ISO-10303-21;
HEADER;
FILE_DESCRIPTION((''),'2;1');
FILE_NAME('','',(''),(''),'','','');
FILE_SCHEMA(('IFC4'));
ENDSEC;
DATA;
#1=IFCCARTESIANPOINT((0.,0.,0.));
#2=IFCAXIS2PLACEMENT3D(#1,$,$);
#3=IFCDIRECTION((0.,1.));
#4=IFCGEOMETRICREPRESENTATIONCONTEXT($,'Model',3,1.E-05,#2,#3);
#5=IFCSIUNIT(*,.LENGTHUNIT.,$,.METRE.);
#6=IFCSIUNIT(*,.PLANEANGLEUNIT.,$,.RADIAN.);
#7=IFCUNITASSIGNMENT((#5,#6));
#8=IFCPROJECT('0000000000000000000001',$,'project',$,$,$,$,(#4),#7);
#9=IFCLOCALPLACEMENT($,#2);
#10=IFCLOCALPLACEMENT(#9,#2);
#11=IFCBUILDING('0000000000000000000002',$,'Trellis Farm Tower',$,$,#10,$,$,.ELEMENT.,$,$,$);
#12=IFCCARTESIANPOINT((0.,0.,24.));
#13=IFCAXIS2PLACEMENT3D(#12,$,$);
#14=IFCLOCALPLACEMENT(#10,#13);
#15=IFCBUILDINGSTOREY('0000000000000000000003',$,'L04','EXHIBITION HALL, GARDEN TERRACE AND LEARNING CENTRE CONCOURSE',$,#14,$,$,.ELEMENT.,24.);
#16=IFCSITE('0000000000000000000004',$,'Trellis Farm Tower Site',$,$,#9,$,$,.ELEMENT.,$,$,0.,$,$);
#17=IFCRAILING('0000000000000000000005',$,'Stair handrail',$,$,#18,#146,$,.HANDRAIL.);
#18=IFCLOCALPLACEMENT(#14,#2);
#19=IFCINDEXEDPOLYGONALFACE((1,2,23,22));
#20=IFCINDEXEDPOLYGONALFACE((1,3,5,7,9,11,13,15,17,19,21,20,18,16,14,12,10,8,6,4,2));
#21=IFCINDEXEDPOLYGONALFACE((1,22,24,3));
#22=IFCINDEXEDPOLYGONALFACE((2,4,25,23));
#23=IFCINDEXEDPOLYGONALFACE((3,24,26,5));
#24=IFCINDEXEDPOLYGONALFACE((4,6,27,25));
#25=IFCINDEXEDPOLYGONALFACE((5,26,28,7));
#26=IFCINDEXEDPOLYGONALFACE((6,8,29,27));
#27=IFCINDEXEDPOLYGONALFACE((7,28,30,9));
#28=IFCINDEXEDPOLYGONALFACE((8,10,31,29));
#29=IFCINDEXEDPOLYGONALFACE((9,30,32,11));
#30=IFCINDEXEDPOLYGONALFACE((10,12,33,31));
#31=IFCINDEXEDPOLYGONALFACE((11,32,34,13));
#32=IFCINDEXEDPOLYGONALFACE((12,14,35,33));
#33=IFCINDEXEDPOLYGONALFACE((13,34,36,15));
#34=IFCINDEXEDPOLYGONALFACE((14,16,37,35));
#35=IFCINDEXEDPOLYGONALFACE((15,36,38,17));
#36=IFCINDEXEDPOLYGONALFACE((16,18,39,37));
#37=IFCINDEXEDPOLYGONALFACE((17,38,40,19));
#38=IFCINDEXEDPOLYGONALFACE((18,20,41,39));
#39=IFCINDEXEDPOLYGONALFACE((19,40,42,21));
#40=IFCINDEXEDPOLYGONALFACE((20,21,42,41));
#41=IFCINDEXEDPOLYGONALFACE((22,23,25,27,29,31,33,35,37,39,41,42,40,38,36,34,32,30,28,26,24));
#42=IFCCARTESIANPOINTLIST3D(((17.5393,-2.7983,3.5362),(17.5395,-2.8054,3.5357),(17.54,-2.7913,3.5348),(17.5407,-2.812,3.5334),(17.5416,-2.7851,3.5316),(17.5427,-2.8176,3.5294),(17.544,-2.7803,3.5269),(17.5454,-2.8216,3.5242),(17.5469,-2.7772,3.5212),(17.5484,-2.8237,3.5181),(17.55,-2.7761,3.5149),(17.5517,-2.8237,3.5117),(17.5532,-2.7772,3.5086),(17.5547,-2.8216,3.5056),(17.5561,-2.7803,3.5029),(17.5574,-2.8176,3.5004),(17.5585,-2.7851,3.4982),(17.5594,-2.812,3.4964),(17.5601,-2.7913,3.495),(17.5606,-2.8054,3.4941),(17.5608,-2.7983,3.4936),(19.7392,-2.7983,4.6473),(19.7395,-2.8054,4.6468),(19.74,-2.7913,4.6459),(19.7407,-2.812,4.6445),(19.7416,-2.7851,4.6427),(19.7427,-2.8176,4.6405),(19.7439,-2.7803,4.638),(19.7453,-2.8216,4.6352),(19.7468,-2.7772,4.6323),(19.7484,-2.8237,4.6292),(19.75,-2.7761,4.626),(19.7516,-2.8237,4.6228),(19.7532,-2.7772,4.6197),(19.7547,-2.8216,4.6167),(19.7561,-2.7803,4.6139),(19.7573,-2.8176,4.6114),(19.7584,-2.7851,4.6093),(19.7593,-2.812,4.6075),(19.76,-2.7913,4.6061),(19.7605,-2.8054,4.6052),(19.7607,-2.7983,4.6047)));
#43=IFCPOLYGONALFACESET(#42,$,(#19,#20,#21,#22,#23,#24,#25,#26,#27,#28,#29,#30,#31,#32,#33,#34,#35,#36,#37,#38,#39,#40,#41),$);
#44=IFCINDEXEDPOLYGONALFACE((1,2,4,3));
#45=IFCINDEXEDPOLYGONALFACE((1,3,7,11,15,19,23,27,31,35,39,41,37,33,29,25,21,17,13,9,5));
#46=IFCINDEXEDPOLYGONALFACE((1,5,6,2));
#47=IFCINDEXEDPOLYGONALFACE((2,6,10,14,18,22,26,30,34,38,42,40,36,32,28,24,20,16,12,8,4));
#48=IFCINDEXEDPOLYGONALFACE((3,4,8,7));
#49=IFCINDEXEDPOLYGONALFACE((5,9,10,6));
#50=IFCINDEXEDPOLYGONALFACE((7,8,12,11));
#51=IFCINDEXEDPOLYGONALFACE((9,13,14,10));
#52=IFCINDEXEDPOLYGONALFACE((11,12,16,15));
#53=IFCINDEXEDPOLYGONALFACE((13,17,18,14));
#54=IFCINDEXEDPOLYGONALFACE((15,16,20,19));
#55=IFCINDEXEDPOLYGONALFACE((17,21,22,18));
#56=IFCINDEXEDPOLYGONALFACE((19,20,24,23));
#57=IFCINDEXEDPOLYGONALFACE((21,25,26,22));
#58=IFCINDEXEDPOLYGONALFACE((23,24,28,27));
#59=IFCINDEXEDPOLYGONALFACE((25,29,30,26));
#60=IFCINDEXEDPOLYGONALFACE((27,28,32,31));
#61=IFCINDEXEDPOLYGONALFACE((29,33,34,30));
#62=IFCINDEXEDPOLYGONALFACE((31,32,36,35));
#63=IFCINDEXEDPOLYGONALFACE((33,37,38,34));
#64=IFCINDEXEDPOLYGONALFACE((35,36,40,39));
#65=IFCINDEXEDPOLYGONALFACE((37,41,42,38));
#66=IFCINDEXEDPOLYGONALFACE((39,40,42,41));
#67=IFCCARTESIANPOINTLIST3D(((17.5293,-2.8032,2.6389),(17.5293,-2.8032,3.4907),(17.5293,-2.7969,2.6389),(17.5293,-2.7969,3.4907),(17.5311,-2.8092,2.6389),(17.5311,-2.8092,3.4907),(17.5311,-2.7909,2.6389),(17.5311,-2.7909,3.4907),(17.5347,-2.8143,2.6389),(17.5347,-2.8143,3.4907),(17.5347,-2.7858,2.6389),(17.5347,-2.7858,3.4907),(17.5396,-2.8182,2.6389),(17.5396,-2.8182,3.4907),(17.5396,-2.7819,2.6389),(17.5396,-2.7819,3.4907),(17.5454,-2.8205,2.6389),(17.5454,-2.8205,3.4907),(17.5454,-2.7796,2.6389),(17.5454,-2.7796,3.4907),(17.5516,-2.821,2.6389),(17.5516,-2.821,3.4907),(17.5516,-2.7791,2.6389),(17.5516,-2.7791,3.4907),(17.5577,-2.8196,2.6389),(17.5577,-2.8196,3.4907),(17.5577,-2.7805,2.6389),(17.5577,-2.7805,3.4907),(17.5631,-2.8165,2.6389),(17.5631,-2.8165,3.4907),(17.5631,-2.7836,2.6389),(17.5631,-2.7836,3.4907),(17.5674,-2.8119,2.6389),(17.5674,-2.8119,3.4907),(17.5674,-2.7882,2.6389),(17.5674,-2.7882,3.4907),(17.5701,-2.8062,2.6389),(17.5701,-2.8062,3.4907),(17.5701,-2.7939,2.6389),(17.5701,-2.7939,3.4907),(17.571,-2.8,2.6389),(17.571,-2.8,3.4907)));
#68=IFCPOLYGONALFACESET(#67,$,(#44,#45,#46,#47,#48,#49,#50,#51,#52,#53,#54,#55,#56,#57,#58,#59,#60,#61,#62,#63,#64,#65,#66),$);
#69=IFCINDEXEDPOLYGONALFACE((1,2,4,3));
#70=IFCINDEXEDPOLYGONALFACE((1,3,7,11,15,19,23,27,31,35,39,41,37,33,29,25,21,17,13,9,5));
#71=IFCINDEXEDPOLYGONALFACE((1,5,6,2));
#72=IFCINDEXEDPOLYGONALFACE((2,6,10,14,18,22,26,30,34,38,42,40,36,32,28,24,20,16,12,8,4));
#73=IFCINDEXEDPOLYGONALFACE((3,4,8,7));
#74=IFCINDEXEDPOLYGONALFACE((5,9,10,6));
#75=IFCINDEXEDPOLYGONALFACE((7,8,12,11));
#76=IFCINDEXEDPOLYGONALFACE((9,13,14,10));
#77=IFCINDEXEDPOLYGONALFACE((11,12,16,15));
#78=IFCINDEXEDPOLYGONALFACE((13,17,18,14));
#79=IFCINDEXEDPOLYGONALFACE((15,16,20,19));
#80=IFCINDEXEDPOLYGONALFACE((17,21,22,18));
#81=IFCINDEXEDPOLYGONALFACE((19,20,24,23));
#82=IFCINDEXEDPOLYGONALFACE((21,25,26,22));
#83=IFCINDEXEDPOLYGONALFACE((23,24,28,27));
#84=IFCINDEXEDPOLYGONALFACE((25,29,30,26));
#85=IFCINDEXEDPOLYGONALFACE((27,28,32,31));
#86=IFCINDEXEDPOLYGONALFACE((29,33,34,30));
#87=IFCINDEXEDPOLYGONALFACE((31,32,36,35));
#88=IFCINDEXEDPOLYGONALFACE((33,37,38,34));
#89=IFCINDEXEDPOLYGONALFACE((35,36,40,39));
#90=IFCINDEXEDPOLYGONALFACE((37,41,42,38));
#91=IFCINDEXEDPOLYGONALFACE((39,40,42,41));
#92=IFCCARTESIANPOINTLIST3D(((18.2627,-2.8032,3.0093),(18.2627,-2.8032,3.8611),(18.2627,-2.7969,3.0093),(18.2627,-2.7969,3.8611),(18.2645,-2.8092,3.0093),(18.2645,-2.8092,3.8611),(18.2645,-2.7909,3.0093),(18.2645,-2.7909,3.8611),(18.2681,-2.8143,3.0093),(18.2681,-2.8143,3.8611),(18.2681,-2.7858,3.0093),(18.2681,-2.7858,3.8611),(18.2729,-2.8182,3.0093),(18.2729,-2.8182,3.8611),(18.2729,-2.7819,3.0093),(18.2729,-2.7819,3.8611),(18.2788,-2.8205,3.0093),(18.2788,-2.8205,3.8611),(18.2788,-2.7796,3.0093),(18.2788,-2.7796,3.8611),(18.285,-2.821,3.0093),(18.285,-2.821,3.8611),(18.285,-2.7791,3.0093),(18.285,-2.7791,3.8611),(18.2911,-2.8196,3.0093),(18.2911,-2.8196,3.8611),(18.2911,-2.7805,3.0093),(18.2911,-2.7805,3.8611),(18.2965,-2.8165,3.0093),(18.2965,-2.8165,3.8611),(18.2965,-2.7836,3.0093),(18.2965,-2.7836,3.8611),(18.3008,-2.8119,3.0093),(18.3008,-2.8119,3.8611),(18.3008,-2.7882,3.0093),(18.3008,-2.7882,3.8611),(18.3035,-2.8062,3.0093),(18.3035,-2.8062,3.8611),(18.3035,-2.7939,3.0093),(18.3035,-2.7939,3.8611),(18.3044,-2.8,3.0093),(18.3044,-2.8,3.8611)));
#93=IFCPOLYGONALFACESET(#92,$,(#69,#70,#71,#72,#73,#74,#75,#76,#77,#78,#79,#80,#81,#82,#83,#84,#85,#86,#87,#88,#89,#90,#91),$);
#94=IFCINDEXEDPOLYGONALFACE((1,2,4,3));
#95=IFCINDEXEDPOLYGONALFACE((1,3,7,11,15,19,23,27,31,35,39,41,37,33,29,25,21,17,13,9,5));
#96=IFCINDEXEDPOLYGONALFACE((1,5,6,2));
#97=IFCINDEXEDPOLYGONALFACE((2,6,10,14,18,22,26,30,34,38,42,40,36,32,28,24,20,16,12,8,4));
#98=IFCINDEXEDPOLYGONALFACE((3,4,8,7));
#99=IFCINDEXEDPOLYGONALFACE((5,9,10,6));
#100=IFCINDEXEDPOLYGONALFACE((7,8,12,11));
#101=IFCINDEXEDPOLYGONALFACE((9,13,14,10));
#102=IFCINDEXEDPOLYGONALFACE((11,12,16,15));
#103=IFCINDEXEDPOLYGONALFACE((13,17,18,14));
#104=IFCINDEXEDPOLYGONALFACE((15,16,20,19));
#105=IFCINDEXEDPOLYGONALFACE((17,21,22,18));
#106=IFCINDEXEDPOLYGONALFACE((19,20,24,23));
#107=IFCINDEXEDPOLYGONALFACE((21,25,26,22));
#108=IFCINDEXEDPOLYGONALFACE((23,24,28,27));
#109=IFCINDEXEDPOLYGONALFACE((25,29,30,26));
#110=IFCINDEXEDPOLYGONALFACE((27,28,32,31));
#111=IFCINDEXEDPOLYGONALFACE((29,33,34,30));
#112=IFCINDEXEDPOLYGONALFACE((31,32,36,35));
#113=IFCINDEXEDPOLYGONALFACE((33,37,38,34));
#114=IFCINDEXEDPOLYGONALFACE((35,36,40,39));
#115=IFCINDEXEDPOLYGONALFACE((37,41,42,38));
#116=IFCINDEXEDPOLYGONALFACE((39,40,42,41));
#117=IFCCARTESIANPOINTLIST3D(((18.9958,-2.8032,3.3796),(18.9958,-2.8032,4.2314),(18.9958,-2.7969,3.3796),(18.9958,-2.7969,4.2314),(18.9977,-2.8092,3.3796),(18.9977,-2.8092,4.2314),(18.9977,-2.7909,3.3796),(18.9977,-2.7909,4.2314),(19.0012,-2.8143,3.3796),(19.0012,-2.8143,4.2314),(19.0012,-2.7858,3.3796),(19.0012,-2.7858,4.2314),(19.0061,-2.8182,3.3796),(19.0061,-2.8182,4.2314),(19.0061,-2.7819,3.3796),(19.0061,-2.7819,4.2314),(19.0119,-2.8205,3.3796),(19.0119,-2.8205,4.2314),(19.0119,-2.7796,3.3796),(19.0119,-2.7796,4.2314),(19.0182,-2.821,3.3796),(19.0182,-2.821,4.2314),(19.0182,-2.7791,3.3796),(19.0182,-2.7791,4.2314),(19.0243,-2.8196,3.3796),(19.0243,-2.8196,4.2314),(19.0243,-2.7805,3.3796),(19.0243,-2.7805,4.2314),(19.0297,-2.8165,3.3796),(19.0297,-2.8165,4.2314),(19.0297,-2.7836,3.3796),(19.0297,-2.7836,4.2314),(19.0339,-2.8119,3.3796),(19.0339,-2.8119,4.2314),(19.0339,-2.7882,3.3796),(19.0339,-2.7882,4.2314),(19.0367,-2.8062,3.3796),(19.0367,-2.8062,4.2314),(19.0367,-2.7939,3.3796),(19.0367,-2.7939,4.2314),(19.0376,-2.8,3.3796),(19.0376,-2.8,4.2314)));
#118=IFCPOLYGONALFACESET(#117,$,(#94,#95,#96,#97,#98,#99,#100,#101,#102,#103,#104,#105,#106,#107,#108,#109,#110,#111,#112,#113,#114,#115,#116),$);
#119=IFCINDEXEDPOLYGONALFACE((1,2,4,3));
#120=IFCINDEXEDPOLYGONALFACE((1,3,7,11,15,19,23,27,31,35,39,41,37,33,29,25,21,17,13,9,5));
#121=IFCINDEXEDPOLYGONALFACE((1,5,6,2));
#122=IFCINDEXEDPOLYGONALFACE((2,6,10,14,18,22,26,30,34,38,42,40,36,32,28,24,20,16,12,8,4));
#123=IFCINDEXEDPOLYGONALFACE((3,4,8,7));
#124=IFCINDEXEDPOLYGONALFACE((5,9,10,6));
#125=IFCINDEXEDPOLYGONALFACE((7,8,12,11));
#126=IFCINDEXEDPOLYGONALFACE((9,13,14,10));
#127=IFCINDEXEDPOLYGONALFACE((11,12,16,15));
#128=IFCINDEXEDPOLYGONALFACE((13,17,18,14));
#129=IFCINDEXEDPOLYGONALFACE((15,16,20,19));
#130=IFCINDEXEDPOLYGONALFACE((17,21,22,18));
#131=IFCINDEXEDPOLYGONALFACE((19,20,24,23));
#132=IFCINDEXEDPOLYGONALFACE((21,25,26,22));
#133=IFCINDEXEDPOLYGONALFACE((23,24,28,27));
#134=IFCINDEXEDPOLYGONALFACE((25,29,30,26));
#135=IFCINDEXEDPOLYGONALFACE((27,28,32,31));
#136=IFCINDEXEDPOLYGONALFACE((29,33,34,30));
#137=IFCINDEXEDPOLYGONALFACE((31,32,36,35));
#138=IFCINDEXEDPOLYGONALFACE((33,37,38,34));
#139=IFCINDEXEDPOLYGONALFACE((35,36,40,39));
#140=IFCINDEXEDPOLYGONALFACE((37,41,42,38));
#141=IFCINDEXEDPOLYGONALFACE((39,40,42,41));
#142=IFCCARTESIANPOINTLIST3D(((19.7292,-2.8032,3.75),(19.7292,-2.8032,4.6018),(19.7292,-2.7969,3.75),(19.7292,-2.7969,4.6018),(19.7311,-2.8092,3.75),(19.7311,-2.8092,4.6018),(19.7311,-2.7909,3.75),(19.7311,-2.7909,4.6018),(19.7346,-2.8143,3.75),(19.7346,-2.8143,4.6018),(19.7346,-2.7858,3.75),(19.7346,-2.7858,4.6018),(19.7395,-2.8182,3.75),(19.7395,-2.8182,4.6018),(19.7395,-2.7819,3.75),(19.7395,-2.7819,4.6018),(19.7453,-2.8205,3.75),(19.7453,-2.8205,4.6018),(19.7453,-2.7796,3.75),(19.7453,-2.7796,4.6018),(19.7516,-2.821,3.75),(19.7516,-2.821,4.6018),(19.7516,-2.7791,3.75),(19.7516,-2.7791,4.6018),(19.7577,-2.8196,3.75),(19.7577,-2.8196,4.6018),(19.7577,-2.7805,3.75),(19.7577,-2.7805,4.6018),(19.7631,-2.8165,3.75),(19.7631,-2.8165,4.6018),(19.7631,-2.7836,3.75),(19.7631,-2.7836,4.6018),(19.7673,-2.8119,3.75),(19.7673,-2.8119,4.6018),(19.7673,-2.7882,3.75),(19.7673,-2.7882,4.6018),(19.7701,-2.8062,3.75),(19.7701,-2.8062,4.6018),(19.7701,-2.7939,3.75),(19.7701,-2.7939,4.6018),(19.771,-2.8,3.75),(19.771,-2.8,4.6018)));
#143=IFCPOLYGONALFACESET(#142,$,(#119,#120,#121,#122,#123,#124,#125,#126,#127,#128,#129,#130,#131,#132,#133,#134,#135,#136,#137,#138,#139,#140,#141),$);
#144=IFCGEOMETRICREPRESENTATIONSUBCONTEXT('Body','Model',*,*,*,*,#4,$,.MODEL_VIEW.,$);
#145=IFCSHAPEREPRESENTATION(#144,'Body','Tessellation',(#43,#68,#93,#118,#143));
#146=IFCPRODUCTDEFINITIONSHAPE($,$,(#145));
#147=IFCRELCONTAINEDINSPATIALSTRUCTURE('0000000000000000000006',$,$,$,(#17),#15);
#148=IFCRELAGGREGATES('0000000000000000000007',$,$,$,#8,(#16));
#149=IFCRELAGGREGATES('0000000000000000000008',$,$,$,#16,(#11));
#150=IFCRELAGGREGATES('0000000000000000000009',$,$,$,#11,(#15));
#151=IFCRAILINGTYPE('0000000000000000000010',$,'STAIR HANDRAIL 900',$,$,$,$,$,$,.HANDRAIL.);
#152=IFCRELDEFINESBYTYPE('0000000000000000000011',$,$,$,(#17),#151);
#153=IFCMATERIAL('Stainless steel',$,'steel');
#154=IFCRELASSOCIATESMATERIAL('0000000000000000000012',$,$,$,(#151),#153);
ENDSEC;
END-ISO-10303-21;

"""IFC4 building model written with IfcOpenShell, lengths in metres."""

from ifc_helpers import new_model, si_unit, direction, frame, origin, origin_2d, place, context, subcontext, project, spatial, circle, extrude, source, transform, mapped, material, type_object, element, save


model = new_model("IFC4")

# Units and contexts
model_context = context("Model", 3, precision=1e-05, world=origin(), true_north=direction((0.0, 1.0)))
body_context = subcontext(model_context, "Body", "Model", "MODEL_VIEW")
ifc_project = project(units=[si_unit("LENGTHUNIT", "METRE"), si_unit("PLANEANGLEUNIT", "RADIAN")], contexts=[model_context])

# Site, building, storey
site_placement = place(None, origin())
site = spatial("IfcSite", under=ifc_project, at=site_placement, Name="Trellis Farm Tower Site", CompositionType="ELEMENT", RefElevation=0.0)
building_placement = place(site_placement, origin())
building = spatial("IfcBuilding", under=site, at=building_placement, Name="Trellis Farm Tower", CompositionType="ELEMENT")
storey_placement = place(building_placement, frame((0.0, 0.0, 24.0)))
storey = spatial("IfcBuildingStorey", under=building, at=storey_placement, Name="L04", Description="EXHIBITION HALL, GARDEN TERRACE AND LEARNING CENTRE CONCOURSE", CompositionType="ELEMENT", Elevation=24.0)

# Railing
ifc_material_1 = material(Name="Stainless steel", Category="steel")
railing_type = type_object("IfcRailingType", Name="STAIR HANDRAIL 900", PredefinedType="HANDRAIL", material=ifc_material_1)
shared_shape_1 = source(origin(), body_context, "Body", "SweptSolid", [
    extrude(circle(Radius=0.0239, at=origin_2d()), frame((0.0, 0.0, 0.876), z_axis=(0.892617, 0.0, 0.450816), x_axis=(0.0, 1.0, 0.0)), (0.0, 0.0, 1.0), 2.4646),
    extrude(circle(Radius=0.021, at=origin_2d()), origin(), (0.0, 0.0, 1.0), 0.8518),
    extrude(circle(Radius=0.021, at=origin_2d()), frame((0.7334, 0.0, 0.3704)), (0.0, 0.0, 1.0), 0.8518),
    extrude(circle(Radius=0.021, at=origin_2d()), frame((1.4666, 0.0, 0.7407)), (0.0, 0.0, 1.0), 0.8518),
    extrude(circle(Radius=0.021, at=origin_2d()), frame((2.2, 0.0, 1.1111)), (0.0, 0.0, 1.0), 0.8518),
])
for number, where, name in (
    (1, (17.55, -2.8, 2.6389), "Stair handrail"),
):
    element("IfcRailing", number, at=place(storey_placement, frame(where)), inside=storey, type_object=railing_type, Name=name, PredefinedType="HANDRAIL", context=body_context, shape_type="MappedRepresentation", body=[
        mapped(shared_shape_1, transform((0.0, 0.0, 0.0))),
    ])

save(model, "model.ifc")
